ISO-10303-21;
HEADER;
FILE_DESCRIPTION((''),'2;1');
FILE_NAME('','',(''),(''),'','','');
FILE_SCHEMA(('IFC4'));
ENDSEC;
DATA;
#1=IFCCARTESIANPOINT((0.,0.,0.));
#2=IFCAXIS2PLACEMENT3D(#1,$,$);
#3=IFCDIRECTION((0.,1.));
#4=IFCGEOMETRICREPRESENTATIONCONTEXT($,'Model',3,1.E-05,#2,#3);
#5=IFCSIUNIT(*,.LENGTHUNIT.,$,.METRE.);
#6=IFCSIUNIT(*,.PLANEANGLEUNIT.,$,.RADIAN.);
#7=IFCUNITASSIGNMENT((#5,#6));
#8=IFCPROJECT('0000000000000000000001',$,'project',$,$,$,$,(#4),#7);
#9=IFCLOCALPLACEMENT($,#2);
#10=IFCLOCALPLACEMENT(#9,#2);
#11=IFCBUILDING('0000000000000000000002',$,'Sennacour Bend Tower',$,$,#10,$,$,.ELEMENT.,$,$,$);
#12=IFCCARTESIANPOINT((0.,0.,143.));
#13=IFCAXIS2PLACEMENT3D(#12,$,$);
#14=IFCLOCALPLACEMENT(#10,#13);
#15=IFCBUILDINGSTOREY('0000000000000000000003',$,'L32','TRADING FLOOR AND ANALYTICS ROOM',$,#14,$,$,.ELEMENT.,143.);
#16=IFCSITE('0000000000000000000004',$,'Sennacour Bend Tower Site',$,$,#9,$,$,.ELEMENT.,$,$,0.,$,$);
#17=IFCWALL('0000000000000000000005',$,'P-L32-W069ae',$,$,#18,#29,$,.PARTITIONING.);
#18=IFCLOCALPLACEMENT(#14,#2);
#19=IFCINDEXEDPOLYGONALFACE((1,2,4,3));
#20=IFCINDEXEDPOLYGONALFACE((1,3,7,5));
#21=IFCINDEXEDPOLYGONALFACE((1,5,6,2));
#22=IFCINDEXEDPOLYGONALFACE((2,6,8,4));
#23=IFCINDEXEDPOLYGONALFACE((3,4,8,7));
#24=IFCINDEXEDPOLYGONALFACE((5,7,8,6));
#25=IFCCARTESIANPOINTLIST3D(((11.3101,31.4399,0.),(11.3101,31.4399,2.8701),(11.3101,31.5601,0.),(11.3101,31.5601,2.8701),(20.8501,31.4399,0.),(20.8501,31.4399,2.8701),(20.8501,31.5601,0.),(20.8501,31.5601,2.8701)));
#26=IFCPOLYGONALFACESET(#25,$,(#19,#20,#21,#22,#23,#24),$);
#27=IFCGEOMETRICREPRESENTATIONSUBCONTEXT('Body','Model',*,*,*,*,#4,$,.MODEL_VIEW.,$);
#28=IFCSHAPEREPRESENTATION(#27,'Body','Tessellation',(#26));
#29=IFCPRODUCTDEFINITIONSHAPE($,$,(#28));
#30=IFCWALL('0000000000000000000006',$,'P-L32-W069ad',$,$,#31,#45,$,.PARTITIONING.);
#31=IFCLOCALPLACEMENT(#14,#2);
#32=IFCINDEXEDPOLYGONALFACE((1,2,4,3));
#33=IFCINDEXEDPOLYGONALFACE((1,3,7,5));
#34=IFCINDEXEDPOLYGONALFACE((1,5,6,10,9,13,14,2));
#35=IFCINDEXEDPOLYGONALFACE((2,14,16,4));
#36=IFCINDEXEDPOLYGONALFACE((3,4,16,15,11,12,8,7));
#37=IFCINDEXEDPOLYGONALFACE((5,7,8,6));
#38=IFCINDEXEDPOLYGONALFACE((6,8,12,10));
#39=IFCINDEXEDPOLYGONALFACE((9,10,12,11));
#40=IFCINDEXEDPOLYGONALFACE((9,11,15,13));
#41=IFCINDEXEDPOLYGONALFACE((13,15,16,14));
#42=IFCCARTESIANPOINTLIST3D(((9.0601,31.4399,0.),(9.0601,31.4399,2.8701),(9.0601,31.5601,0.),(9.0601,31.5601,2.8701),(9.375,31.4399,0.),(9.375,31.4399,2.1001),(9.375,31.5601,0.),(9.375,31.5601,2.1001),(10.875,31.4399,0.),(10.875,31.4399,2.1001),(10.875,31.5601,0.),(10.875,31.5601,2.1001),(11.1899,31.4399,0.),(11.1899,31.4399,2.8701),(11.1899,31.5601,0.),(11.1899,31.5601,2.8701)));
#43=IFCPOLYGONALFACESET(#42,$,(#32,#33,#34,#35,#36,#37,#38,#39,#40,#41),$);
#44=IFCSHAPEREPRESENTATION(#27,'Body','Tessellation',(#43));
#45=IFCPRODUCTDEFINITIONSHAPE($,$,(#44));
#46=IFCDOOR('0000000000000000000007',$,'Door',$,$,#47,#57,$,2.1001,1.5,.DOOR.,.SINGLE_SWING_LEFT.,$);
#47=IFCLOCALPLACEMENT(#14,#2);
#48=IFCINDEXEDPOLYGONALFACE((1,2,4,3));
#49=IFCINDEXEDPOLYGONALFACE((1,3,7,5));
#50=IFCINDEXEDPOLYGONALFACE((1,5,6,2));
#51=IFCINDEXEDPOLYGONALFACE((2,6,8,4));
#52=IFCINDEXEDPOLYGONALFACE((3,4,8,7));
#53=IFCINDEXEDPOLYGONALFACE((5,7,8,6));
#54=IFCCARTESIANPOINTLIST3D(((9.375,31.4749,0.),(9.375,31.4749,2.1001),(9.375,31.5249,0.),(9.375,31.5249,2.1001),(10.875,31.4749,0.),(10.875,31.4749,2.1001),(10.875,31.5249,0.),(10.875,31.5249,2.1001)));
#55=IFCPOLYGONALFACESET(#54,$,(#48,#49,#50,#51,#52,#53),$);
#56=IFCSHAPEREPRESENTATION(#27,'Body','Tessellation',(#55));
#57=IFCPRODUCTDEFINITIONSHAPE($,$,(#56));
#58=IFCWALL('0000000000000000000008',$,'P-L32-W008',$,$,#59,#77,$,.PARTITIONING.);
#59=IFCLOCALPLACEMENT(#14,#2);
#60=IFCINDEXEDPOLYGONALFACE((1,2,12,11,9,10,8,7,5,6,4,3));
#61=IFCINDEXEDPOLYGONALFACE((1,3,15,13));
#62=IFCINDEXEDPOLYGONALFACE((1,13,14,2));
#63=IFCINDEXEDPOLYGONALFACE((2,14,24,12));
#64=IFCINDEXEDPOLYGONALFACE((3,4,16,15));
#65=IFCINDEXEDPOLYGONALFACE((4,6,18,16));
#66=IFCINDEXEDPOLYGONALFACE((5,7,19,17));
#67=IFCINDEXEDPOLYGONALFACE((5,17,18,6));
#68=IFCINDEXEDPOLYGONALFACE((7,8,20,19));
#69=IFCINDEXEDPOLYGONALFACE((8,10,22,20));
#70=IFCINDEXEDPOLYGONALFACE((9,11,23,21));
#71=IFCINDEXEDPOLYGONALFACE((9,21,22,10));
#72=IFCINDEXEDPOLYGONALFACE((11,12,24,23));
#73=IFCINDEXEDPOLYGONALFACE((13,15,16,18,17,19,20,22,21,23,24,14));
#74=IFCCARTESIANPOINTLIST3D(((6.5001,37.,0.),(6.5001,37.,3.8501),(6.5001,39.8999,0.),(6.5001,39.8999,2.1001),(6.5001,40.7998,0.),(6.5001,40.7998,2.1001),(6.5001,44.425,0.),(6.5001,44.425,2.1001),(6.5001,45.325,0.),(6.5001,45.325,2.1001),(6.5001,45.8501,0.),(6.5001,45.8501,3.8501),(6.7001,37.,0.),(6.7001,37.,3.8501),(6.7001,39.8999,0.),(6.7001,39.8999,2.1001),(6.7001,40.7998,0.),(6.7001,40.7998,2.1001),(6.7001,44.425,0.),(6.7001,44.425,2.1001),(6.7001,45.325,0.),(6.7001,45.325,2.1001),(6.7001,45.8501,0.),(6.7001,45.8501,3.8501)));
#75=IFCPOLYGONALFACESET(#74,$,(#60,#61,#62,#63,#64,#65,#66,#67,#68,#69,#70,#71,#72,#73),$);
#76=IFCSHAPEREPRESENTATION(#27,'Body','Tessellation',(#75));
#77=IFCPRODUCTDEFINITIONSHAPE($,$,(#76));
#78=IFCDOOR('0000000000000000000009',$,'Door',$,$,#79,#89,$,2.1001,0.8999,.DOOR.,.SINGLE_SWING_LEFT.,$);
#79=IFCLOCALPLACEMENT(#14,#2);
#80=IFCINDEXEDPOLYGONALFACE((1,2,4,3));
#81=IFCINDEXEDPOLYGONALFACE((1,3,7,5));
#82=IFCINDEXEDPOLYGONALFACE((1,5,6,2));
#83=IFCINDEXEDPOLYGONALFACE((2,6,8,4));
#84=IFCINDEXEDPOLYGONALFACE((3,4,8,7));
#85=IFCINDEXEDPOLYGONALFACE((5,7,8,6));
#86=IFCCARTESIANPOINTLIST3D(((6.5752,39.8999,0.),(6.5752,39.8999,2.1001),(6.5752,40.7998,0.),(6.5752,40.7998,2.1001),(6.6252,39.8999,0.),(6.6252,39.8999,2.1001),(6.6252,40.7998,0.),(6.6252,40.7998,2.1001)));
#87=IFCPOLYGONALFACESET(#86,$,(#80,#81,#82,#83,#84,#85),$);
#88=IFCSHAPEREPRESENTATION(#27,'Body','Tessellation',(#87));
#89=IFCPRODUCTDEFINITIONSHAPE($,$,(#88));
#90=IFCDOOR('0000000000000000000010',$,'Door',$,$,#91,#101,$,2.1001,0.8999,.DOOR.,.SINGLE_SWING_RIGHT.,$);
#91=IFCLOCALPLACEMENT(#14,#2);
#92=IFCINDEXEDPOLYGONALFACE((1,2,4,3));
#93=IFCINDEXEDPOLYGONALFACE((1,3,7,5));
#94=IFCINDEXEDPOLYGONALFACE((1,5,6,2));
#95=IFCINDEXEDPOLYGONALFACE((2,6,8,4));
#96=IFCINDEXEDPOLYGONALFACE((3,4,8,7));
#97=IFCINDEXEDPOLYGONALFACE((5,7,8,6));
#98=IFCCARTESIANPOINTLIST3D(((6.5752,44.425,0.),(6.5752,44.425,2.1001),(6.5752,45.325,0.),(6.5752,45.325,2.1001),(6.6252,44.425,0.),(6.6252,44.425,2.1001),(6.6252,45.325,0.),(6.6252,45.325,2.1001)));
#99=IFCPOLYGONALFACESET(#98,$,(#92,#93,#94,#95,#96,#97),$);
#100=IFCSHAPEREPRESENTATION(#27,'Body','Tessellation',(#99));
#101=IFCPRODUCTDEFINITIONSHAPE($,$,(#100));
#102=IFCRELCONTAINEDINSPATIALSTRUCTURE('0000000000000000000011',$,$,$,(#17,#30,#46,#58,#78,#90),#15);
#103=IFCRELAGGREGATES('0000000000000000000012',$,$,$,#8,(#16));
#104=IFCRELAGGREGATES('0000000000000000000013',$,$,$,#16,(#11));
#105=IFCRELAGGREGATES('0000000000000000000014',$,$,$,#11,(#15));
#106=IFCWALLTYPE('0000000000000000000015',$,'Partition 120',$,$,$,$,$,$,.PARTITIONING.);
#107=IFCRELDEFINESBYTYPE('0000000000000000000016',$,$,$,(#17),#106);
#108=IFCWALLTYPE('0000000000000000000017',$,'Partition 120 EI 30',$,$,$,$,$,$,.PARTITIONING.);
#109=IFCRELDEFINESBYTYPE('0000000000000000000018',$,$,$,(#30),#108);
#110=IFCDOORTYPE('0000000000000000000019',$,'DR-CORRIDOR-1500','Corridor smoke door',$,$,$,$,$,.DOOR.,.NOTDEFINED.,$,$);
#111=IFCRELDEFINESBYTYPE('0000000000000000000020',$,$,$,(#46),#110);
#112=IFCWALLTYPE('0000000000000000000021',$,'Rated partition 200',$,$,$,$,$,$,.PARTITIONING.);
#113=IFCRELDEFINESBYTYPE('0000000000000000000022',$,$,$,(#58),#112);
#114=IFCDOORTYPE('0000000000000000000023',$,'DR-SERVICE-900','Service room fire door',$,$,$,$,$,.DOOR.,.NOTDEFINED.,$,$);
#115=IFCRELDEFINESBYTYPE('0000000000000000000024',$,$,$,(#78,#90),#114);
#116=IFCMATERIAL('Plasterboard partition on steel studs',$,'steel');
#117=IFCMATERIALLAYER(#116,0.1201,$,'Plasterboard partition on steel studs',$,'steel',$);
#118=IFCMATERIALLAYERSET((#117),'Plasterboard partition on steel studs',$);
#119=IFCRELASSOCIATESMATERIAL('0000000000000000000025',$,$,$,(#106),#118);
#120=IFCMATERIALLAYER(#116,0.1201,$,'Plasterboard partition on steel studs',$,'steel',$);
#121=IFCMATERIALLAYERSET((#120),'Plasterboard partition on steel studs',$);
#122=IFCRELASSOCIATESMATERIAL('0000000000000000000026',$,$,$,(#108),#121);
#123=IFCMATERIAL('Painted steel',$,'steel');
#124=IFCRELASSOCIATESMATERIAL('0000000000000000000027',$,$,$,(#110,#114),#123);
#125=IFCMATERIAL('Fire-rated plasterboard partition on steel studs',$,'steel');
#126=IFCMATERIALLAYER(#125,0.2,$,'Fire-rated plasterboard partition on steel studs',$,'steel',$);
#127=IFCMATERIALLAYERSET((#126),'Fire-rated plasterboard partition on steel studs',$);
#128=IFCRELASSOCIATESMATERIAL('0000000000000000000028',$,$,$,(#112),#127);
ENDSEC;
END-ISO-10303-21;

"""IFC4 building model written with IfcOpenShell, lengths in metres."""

from ifc_helpers import new_model, si_unit, direction, frame, frame_2d, origin, place, context, subcontext, project, spatial, rectangle, extrude, material, layer, layer_set, type_object, element, fill, save


model = new_model("IFC4")

# Units and contexts
model_context = context("Model", 3, precision=1e-05, world=origin(), true_north=direction((0.0, 1.0)))
body_context = subcontext(model_context, "Body", "Model", "MODEL_VIEW")
ifc_project = project(units=[si_unit("LENGTHUNIT", "METRE"), si_unit("PLANEANGLEUNIT", "RADIAN")], contexts=[model_context])

# Site, building, storey
site_placement = place(None, origin())
site = spatial("IfcSite", under=ifc_project, at=site_placement, Name="Sennacour Bend Tower Site", CompositionType="ELEMENT", RefElevation=0.0)
building_placement = place(site_placement, origin())
building = spatial("IfcBuilding", under=site, at=building_placement, Name="Sennacour Bend Tower", CompositionType="ELEMENT")
storey_placement = place(building_placement, frame((0.0, 0.0, 143.0)))
storey = spatial("IfcBuildingStorey", under=building, at=storey_placement, Name="L32", Description="TRADING FLOOR AND ANALYTICS ROOM", CompositionType="ELEMENT", Elevation=143.0)

# Wall
ifc_material_1 = material(Name="Plasterboard partition on steel studs", Category="steel")
ifc_layer_1 = layer(ifc_material_1, 0.1201, Name="Plasterboard partition on steel studs", Category="steel")
ifc_layer_set_1 = layer_set([ifc_layer_1], Name="Plasterboard partition on steel studs")
wall_type_1 = type_object("IfcWallType", Name="Partition 120", PredefinedType="PARTITIONING", material=ifc_layer_set_1)
wall_1_placement = place(storey_placement, frame((11.3101, 31.5, 0.0), z_axis=(0.0, 0.0, 1.0), x_axis=(1.0, 0.0, 0.0)))
element("IfcWall", 1, at=wall_1_placement, inside=storey, type_object=wall_type_1, Name="P-L32-W069ae", PredefinedType="PARTITIONING", context=body_context, shape_type="SweptSolid", body=[
    extrude(rectangle(XDim=9.54, YDim=0.1201, at=frame_2d((4.77, 0.0))), origin(), (0.0, 0.0, 1.0), 2.8701),
])

# Wall, opening, door
ifc_layer_2 = layer(ifc_material_1, 0.1201, Name="Plasterboard partition on steel studs", Category="steel")
ifc_layer_set_2 = layer_set([ifc_layer_2], Name="Plasterboard partition on steel studs")
wall_type_2 = type_object("IfcWallType", Name="Partition 120 EI 30", PredefinedType="PARTITIONING", material=ifc_layer_set_2)
wall_2_placement = place(storey_placement, frame((9.0601, 31.5, 0.0), z_axis=(0.0, 0.0, 1.0), x_axis=(1.0, 0.0, 0.0)))
wall_2 = element("IfcWall", 2, at=wall_2_placement, inside=storey, type_object=wall_type_2, Name="P-L32-W069ad", PredefinedType="PARTITIONING", context=body_context, shape_type="SweptSolid", body=[
    extrude(rectangle(XDim=2.1299, YDim=0.1201, at=frame_2d((1.0649, 0.0))), origin(), (0.0, 0.0, 1.0), 2.8701),
])
opening_1_placement = place(wall_2_placement, frame((0.3149, 0.0, 0.0)))
opening_1 = element("IfcOpeningElement", 3, at=opening_1_placement, cuts=wall_2, PredefinedType="OPENING", context=body_context, shape_type="SweptSolid", body=[
    extrude(rectangle(XDim=1.5, YDim=2.1001, at=frame_2d((0.75, 1.05))), frame((0.0, 0.0701, 0.0), z_axis=(0.0, -1.0, 0.0), x_axis=(1.0, 0.0, 0.0)), (0.0, 0.0, 1.0), 0.1401),
])
ifc_material_2 = material(Name="Painted steel", Category="steel")
door_type_1 = type_object("IfcDoorType", Name="DR-CORRIDOR-1500", Description="Corridor smoke door", OperationType="NOTDEFINED", PredefinedType="DOOR", material=ifc_material_2)
door_1_placement = place(opening_1_placement, origin())
door_1 = element("IfcDoor", 4, at=door_1_placement, inside=storey, type_object=door_type_1, Name="Door", OperationType="SINGLE_SWING_LEFT", OverallHeight=2.1001, OverallWidth=1.5, PredefinedType="DOOR", context=body_context, shape_type="SweptSolid", body=[
    extrude(rectangle(XDim=1.5, YDim=2.1001, at=frame_2d((0.75, 1.05))), frame((0.0, 0.0249, 0.0), z_axis=(0.0, -1.0, 0.0), x_axis=(1.0, 0.0, 0.0)), (0.0, 0.0, 1.0), 0.05),
])
fill(opening_1, door_1)

# Wall, openings, doors
ifc_material_3 = material(Name="Fire-rated plasterboard partition on steel studs", Category="steel")
ifc_layer_3 = layer(ifc_material_3, 0.2, Name="Fire-rated plasterboard partition on steel studs", Category="steel")
ifc_layer_set_3 = layer_set([ifc_layer_3], Name="Fire-rated plasterboard partition on steel studs")
wall_type_3 = type_object("IfcWallType", Name="Rated partition 200", PredefinedType="PARTITIONING", material=ifc_layer_set_3)
wall_3_placement = place(storey_placement, frame((6.6001, 37.0, 0.0), z_axis=(0.0, 0.0, 1.0), x_axis=(0.0, 1.0, 0.0)))
wall_3 = element("IfcWall", 5, at=wall_3_placement, inside=storey, type_object=wall_type_3, Name="P-L32-W008", PredefinedType="PARTITIONING", context=body_context, shape_type="SweptSolid", body=[
    extrude(rectangle(XDim=8.8501, YDim=0.2, at=frame_2d((4.425, 0.0))), origin(), (0.0, 0.0, 1.0), 3.8501),
])
opening_2_placement = place(wall_3_placement, frame((2.8999, 0.0, 0.0)))
opening_2 = element("IfcOpeningElement", 6, at=opening_2_placement, cuts=wall_3, PredefinedType="OPENING", context=body_context, shape_type="SweptSolid", body=[
    extrude(rectangle(XDim=0.8999, YDim=2.1001, at=frame_2d((0.45, 1.05))), frame((0.0, 0.1099, 0.0), z_axis=(0.0, -1.0, 0.0), x_axis=(1.0, 0.0, 0.0)), (0.0, 0.0, 1.0), 0.22),
])
opening_3_placement = place(wall_3_placement, frame((7.425, 0.0, 0.0)))
opening_3 = element("IfcOpeningElement", 7, at=opening_3_placement, cuts=wall_3, PredefinedType="OPENING", context=body_context, shape_type="SweptSolid", body=[
    extrude(rectangle(XDim=0.8999, YDim=2.1001, at=frame_2d((0.45, 1.05))), frame((0.0, 0.1099, 0.0), z_axis=(0.0, -1.0, 0.0), x_axis=(1.0, 0.0, 0.0)), (0.0, 0.0, 1.0), 0.22),
])
door_type_2 = type_object("IfcDoorType", Name="DR-SERVICE-900", Description="Service room fire door", OperationType="NOTDEFINED", PredefinedType="DOOR", material=ifc_material_2)
door_2_placement = place(opening_2_placement, origin())
door_2 = element("IfcDoor", 8, at=door_2_placement, inside=storey, type_object=door_type_2, Name="Door", OperationType="SINGLE_SWING_LEFT", OverallHeight=2.1001, OverallWidth=0.8999, PredefinedType="DOOR", context=body_context, shape_type="SweptSolid", body=[
    extrude(rectangle(XDim=0.8999, YDim=2.1001, at=frame_2d((0.45, 1.05))), frame((0.0, 0.0249, 0.0), z_axis=(0.0, -1.0, 0.0), x_axis=(1.0, 0.0, 0.0)), (0.0, 0.0, 1.0), 0.05),
])
fill(opening_2, door_2)
door_3_placement = place(opening_3_placement, origin())
door_3 = element("IfcDoor", 9, at=door_3_placement, inside=storey, type_object=door_type_2, Name="Door", OperationType="SINGLE_SWING_RIGHT", OverallHeight=2.1001, OverallWidth=0.8999, PredefinedType="DOOR", context=body_context, shape_type="SweptSolid", body=[
    extrude(rectangle(XDim=0.8999, YDim=2.1001, at=frame_2d((0.45, 1.05))), frame((0.0, 0.0249, 0.0), z_axis=(0.0, -1.0, 0.0), x_axis=(1.0, 0.0, 0.0)), (0.0, 0.0, 1.0), 0.05),
])
fill(opening_3, door_3)

save(model, "model.ifc")
